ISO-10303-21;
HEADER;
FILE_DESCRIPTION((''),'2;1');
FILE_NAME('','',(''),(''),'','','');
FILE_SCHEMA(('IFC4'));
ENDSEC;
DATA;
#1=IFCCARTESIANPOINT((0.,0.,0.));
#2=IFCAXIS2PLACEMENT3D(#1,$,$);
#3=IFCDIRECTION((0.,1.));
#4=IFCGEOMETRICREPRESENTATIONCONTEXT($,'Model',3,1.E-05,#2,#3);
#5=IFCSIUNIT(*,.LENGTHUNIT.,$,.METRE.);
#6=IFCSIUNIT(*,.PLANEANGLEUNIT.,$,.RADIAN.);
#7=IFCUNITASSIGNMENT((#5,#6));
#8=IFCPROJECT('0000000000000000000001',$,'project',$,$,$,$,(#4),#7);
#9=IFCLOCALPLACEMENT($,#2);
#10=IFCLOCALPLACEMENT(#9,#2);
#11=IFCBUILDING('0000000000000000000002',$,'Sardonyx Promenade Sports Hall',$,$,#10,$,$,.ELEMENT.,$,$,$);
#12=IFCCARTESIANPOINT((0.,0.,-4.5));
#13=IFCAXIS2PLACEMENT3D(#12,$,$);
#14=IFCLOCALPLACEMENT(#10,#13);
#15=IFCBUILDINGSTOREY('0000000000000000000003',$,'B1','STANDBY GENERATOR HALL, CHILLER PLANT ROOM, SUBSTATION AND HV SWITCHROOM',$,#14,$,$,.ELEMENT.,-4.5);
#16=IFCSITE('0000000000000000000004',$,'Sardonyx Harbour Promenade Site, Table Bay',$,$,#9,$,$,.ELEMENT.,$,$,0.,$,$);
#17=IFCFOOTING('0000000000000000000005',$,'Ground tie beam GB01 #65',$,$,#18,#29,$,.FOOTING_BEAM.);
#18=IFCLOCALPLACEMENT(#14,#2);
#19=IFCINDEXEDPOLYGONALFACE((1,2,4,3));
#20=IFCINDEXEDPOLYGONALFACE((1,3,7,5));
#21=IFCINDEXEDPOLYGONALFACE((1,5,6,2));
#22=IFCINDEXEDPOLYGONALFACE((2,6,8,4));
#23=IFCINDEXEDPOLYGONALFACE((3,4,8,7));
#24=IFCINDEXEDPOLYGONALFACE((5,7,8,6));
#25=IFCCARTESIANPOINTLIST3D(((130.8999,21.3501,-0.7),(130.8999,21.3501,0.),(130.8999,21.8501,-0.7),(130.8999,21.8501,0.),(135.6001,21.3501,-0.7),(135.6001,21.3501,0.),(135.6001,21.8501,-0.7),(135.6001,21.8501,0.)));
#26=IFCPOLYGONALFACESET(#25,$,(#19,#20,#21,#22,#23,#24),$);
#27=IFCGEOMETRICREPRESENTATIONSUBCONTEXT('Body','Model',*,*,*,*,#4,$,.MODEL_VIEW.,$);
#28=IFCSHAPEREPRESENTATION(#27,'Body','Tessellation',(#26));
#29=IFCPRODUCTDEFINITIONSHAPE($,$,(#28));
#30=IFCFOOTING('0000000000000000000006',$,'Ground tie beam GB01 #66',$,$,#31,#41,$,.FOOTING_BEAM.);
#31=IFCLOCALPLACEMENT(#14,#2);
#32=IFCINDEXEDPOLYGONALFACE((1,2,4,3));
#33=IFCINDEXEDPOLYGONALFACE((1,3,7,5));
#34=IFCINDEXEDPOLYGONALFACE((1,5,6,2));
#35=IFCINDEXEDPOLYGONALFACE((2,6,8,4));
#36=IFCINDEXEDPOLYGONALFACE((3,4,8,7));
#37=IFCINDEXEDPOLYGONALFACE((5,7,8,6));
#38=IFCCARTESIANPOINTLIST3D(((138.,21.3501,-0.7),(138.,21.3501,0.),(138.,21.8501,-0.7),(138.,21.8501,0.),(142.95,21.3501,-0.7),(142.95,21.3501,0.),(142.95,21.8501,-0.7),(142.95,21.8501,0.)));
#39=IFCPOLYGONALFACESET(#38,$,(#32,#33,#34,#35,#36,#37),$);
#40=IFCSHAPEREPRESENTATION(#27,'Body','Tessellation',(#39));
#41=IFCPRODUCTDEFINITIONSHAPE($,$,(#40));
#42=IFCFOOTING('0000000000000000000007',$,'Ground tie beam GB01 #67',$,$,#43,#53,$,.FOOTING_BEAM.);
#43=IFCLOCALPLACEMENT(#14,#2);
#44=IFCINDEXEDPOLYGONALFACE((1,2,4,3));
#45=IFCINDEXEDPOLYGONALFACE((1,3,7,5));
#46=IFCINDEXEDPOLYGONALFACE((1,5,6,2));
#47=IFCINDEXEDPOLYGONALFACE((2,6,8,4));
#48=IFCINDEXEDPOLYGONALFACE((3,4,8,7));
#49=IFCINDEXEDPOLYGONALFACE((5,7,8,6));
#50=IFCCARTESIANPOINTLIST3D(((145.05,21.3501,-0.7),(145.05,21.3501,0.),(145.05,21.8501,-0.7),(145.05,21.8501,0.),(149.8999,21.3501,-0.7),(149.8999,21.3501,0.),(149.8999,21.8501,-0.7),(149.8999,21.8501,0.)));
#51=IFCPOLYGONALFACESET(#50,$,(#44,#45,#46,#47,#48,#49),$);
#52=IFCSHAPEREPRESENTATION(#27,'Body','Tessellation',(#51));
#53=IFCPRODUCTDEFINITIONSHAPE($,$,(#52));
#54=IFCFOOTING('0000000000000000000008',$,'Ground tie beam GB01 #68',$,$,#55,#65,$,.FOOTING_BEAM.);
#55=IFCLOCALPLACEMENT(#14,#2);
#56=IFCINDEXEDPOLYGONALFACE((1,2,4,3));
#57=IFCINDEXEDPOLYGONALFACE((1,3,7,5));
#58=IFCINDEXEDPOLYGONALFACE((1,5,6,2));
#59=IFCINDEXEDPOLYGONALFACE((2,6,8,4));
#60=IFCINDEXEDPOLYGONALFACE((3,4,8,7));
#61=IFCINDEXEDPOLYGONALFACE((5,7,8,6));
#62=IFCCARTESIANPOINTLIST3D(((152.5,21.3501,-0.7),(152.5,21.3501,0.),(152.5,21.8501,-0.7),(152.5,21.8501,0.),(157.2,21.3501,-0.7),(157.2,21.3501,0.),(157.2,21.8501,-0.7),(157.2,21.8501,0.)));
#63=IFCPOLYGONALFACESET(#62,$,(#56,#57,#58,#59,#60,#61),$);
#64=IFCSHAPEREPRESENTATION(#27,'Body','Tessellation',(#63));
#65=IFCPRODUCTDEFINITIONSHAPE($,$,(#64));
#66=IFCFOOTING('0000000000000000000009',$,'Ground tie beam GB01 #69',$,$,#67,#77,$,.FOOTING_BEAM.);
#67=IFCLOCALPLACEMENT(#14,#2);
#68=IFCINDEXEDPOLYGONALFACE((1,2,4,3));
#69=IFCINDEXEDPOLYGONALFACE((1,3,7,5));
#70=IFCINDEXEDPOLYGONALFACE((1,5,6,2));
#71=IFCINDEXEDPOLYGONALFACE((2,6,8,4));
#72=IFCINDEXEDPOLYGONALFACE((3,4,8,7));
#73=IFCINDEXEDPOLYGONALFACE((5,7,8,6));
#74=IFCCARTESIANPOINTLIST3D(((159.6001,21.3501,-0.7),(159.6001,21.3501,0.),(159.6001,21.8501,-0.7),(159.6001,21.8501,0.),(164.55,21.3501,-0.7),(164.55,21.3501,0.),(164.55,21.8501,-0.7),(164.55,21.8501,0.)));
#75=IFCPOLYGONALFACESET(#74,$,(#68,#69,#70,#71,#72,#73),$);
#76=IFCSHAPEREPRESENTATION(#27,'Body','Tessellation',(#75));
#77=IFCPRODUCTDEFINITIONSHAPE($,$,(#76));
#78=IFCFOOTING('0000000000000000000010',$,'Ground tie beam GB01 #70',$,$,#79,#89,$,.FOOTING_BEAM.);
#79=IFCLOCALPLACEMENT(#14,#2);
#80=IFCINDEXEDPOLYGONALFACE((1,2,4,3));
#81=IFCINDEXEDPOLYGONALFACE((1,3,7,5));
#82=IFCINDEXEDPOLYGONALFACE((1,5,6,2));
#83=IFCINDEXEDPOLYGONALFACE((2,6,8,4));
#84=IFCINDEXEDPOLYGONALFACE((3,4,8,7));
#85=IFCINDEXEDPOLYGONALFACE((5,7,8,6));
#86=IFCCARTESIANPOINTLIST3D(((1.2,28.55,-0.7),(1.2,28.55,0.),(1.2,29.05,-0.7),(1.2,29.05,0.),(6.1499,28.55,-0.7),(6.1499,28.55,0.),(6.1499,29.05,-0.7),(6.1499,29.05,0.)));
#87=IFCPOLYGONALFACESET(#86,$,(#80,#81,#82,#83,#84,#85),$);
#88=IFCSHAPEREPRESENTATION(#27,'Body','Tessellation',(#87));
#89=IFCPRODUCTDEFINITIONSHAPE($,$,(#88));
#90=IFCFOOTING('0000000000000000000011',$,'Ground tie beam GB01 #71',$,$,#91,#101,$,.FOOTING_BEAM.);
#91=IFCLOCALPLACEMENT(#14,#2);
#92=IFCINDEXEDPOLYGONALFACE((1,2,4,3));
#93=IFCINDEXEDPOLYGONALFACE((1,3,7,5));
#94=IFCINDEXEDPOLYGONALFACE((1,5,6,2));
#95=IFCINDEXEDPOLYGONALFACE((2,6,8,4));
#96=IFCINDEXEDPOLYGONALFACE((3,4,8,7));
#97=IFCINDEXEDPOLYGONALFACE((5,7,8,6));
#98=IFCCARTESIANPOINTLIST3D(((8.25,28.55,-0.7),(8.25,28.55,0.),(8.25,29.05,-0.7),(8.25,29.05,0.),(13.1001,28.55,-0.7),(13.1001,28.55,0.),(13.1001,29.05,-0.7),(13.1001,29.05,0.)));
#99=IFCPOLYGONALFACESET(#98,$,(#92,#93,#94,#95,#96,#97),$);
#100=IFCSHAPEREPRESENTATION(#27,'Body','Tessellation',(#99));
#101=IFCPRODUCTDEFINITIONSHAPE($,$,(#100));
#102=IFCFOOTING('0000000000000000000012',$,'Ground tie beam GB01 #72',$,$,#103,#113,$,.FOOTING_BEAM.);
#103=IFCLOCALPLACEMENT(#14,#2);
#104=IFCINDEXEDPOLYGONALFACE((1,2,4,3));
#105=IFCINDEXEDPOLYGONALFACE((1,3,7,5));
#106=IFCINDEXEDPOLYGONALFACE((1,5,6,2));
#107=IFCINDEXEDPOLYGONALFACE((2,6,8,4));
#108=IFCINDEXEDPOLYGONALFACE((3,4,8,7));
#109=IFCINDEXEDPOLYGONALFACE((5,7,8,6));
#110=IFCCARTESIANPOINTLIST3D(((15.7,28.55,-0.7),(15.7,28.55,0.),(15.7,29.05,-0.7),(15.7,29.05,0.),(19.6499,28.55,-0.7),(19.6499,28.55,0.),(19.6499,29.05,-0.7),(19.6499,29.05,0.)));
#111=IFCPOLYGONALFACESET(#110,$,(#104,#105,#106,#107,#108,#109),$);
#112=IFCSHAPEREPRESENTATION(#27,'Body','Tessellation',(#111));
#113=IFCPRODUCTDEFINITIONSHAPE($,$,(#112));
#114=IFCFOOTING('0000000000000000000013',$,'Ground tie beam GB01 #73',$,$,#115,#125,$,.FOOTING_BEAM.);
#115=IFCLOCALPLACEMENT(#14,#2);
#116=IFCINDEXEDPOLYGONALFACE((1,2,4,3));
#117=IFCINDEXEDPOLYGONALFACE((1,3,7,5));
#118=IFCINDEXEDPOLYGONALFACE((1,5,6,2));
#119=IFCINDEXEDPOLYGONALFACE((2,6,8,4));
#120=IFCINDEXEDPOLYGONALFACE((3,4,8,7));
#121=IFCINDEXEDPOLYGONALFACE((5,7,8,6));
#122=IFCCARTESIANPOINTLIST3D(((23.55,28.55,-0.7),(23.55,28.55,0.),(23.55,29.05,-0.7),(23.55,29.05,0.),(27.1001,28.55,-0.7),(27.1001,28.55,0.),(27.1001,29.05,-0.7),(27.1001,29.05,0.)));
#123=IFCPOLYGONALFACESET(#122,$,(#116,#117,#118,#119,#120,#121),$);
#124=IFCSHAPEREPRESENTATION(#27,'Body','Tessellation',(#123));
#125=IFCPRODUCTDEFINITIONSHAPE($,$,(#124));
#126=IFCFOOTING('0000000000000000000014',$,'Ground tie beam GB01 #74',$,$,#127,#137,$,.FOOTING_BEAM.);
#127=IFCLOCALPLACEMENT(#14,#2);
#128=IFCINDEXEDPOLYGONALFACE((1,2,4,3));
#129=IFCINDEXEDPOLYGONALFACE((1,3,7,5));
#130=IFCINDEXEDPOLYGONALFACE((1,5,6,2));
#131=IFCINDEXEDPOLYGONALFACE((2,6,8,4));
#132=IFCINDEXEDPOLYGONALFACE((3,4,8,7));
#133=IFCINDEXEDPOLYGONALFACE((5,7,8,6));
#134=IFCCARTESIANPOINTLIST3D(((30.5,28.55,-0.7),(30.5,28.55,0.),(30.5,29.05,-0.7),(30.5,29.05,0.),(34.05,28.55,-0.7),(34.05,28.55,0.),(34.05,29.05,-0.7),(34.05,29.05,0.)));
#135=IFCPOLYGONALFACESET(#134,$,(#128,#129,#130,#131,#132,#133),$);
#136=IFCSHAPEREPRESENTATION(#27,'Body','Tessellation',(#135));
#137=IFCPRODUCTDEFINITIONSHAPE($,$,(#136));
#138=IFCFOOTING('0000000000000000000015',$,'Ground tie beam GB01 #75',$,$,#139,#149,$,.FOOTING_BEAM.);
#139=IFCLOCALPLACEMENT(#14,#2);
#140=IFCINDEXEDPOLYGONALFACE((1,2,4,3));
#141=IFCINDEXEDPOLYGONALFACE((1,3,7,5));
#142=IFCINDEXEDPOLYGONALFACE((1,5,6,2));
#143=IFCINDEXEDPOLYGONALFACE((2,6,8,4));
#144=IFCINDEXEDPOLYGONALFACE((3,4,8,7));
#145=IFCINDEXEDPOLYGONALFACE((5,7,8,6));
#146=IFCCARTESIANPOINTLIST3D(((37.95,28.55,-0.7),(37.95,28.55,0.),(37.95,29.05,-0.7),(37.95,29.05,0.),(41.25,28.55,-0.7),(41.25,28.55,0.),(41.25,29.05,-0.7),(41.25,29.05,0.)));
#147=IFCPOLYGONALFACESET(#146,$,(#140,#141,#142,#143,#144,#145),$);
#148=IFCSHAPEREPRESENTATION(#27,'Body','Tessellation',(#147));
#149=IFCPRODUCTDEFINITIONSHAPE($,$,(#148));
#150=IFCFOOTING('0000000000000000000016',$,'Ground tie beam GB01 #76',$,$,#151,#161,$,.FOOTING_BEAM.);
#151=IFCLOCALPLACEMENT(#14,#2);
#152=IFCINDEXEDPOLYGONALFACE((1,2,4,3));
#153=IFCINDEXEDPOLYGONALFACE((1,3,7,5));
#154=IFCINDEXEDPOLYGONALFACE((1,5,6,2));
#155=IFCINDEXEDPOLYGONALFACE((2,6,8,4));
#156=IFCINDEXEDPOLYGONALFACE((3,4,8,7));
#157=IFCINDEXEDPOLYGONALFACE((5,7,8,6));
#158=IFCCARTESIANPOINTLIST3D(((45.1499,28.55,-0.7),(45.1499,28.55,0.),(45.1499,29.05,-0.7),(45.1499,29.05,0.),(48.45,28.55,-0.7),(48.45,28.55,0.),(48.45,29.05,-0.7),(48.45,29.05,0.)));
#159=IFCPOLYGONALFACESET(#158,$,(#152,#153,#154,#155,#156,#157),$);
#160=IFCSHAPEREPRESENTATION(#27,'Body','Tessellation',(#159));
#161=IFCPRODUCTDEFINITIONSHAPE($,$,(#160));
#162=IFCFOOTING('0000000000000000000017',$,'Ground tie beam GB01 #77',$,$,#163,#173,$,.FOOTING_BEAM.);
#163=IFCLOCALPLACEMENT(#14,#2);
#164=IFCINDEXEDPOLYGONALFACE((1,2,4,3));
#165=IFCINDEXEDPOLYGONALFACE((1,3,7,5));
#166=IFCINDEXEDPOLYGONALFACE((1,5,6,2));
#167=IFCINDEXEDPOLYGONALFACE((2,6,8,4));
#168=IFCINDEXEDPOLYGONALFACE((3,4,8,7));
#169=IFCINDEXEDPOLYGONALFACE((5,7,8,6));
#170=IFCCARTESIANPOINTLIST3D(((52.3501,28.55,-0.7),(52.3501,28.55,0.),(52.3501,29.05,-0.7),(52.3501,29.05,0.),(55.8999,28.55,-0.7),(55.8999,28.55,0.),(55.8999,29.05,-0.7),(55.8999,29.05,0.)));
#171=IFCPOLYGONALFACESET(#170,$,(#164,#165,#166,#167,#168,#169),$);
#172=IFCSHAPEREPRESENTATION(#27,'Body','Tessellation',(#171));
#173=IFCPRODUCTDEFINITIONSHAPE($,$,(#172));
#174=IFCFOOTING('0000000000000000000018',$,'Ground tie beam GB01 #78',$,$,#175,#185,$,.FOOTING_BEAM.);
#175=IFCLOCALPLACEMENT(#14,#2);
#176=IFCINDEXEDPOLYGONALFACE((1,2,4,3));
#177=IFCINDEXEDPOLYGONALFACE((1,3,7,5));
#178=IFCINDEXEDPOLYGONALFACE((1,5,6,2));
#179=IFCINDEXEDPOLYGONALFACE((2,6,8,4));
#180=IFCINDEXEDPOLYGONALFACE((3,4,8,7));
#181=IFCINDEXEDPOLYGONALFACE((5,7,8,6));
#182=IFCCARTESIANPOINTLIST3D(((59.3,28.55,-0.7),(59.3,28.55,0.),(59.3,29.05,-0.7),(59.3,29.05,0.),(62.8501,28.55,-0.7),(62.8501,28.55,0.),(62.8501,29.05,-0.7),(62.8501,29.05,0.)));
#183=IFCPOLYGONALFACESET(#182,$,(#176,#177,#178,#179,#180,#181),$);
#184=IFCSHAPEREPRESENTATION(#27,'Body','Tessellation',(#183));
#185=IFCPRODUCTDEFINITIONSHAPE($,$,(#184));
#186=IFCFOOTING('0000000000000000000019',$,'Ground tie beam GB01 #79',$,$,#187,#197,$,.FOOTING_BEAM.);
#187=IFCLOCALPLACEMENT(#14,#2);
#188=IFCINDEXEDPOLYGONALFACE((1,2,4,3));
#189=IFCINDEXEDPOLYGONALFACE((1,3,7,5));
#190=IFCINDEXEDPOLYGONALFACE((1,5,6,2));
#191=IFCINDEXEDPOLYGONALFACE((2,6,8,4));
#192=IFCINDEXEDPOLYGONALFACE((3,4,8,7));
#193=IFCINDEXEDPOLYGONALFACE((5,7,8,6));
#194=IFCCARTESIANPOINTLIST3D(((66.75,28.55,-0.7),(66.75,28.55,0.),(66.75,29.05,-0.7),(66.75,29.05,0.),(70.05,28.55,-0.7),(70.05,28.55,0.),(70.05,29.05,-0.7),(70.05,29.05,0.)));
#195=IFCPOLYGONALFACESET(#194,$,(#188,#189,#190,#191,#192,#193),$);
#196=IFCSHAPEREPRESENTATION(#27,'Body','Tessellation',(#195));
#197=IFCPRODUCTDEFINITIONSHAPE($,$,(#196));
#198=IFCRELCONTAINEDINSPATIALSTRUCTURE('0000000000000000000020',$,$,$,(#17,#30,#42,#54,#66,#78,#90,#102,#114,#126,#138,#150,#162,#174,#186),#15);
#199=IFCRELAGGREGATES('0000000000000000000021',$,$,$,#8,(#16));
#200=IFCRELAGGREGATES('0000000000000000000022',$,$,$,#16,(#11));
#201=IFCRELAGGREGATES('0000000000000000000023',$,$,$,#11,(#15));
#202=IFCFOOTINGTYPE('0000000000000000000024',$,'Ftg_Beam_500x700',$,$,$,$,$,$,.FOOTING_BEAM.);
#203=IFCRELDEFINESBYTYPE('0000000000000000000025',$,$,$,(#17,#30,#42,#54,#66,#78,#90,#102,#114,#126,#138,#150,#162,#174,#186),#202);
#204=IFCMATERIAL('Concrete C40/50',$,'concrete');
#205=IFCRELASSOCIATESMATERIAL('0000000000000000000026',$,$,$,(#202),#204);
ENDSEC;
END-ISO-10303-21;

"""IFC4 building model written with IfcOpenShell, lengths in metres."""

from ifc_helpers import new_model, si_unit, direction, frame, origin, place, context, subcontext, project, spatial, polyline, outline, extrude, material, type_object, element, save


model = new_model("IFC4")

# Units and contexts
model_context = context("Model", 3, precision=1e-05, world=origin(), true_north=direction((0.0, 1.0)))
body_context = subcontext(model_context, "Body", "Model", "MODEL_VIEW")
ifc_project = project(units=[si_unit("LENGTHUNIT", "METRE"), si_unit("PLANEANGLEUNIT", "RADIAN")], contexts=[model_context])

# Site, building, storey
site_placement = place(None, origin())
site = spatial("IfcSite", under=ifc_project, at=site_placement, Name="Sardonyx Harbour Promenade Site, Table Bay", CompositionType="ELEMENT", RefElevation=0.0)
building_placement = place(site_placement, origin())
building = spatial("IfcBuilding", under=site, at=building_placement, Name="Sardonyx Promenade Sports Hall", CompositionType="ELEMENT")
storey_placement = place(building_placement, frame((0.0, 0.0, -4.5)))
storey = spatial("IfcBuildingStorey", under=building, at=storey_placement, Name="B1", Description="STANDBY GENERATOR HALL, CHILLER PLANT ROOM, SUBSTATION AND HV SWITCHROOM", CompositionType="ELEMENT", Elevation=-4.5)

# Footings
ifc_material = material(Name="Concrete C40/50", Category="concrete")
footing_type = type_object("IfcFootingType", Name="Ftg_Beam_500x700", PredefinedType="FOOTING_BEAM", material=ifc_material)
footing_1_placement = place(storey_placement, frame((0.0, 0.0, -0.7)))
element("IfcFooting", 1, at=footing_1_placement, inside=storey, type_object=footing_type, Name="Ground tie beam GB01 #65", PredefinedType="FOOTING_BEAM", context=body_context, shape_type="SweptSolid", body=[
    extrude(outline(polyline([(130.8999, 21.3501), (135.6001, 21.3501), (135.6001, 21.8501), (130.8999, 21.8501), (130.8999, 21.3501)])), origin(), (0.0, 0.0, 1.0), 0.7),
])
footing_2_placement = place(storey_placement, frame((0.0, 0.0, -0.7)))
element("IfcFooting", 2, at=footing_2_placement, inside=storey, type_object=footing_type, Name="Ground tie beam GB01 #66", PredefinedType="FOOTING_BEAM", context=body_context, shape_type="SweptSolid", body=[
    extrude(outline(polyline([(138.0, 21.3501), (142.95, 21.3501), (142.95, 21.8501), (138.0, 21.8501), (138.0, 21.3501)])), origin(), (0.0, 0.0, 1.0), 0.7),
])
footing_3_placement = place(storey_placement, frame((0.0, 0.0, -0.7)))
element("IfcFooting", 3, at=footing_3_placement, inside=storey, type_object=footing_type, Name="Ground tie beam GB01 #67", PredefinedType="FOOTING_BEAM", context=body_context, shape_type="SweptSolid", body=[
    extrude(outline(polyline([(145.05, 21.3501), (149.8999, 21.3501), (149.8999, 21.8501), (145.05, 21.8501), (145.05, 21.3501)])), origin(), (0.0, 0.0, 1.0), 0.7),
])
footing_4_placement = place(storey_placement, frame((0.0, 0.0, -0.7)))
element("IfcFooting", 4, at=footing_4_placement, inside=storey, type_object=footing_type, Name="Ground tie beam GB01 #68", PredefinedType="FOOTING_BEAM", context=body_context, shape_type="SweptSolid", body=[
    extrude(outline(polyline([(152.5, 21.3501), (157.2, 21.3501), (157.2, 21.8501), (152.5, 21.8501), (152.5, 21.3501)])), origin(), (0.0, 0.0, 1.0), 0.7),
])
footing_5_placement = place(storey_placement, frame((0.0, 0.0, -0.7)))
element("IfcFooting", 5, at=footing_5_placement, inside=storey, type_object=footing_type, Name="Ground tie beam GB01 #69", PredefinedType="FOOTING_BEAM", context=body_context, shape_type="SweptSolid", body=[
    extrude(outline(polyline([(159.6001, 21.3501), (164.55, 21.3501), (164.55, 21.8501), (159.6001, 21.8501), (159.6001, 21.3501)])), origin(), (0.0, 0.0, 1.0), 0.7),
])
footing_6_placement = place(storey_placement, frame((0.0, 0.0, -0.7)))
element("IfcFooting", 6, at=footing_6_placement, inside=storey, type_object=footing_type, Name="Ground tie beam GB01 #70", PredefinedType="FOOTING_BEAM", context=body_context, shape_type="SweptSolid", body=[
    extrude(outline(polyline([(1.2, 28.55), (6.1499, 28.55), (6.1499, 29.05), (1.2, 29.05), (1.2, 28.55)])), origin(), (0.0, 0.0, 1.0), 0.7),
])
footing_7_placement = place(storey_placement, frame((0.0, 0.0, -0.7)))
element("IfcFooting", 7, at=footing_7_placement, inside=storey, type_object=footing_type, Name="Ground tie beam GB01 #71", PredefinedType="FOOTING_BEAM", context=body_context, shape_type="SweptSolid", body=[
    extrude(outline(polyline([(8.25, 28.55), (13.1001, 28.55), (13.1001, 29.05), (8.25, 29.05), (8.25, 28.55)])), origin(), (0.0, 0.0, 1.0), 0.7),
])
footing_8_placement = place(storey_placement, frame((0.0, 0.0, -0.7)))
element("IfcFooting", 8, at=footing_8_placement, inside=storey, type_object=footing_type, Name="Ground tie beam GB01 #72", PredefinedType="FOOTING_BEAM", context=body_context, shape_type="SweptSolid", body=[
    extrude(outline(polyline([(15.7, 28.55), (19.6499, 28.55), (19.6499, 29.05), (15.7, 29.05), (15.7, 28.55)])), origin(), (0.0, 0.0, 1.0), 0.7),
])
footing_9_placement = place(storey_placement, frame((0.0, 0.0, -0.7)))
element("IfcFooting", 9, at=footing_9_placement, inside=storey, type_object=footing_type, Name="Ground tie beam GB01 #73", PredefinedType="FOOTING_BEAM", context=body_context, shape_type="SweptSolid", body=[
    extrude(outline(polyline([(23.55, 28.55), (27.1001, 28.55), (27.1001, 29.05), (23.55, 29.05), (23.55, 28.55)])), origin(), (0.0, 0.0, 1.0), 0.7),
])
footing_10_placement = place(storey_placement, frame((0.0, 0.0, -0.7)))
element("IfcFooting", 10, at=footing_10_placement, inside=storey, type_object=footing_type, Name="Ground tie beam GB01 #74", PredefinedType="FOOTING_BEAM", context=body_context, shape_type="SweptSolid", body=[
    extrude(outline(polyline([(30.5, 28.55), (34.05, 28.55), (34.05, 29.05), (30.5, 29.05), (30.5, 28.55)])), origin(), (0.0, 0.0, 1.0), 0.7),
])
footing_11_placement = place(storey_placement, frame((0.0, 0.0, -0.7)))
element("IfcFooting", 11, at=footing_11_placement, inside=storey, type_object=footing_type, Name="Ground tie beam GB01 #75", PredefinedType="FOOTING_BEAM", context=body_context, shape_type="SweptSolid", body=[
    extrude(outline(polyline([(37.95, 28.55), (41.25, 28.55), (41.25, 29.05), (37.95, 29.05), (37.95, 28.55)])), origin(), (0.0, 0.0, 1.0), 0.7),
])
footing_12_placement = place(storey_placement, frame((0.0, 0.0, -0.7)))
element("IfcFooting", 12, at=footing_12_placement, inside=storey, type_object=footing_type, Name="Ground tie beam GB01 #76", PredefinedType="FOOTING_BEAM", context=body_context, shape_type="SweptSolid", body=[
    extrude(outline(polyline([(45.1499, 28.55), (48.45, 28.55), (48.45, 29.05), (45.1499, 29.05), (45.1499, 28.55)])), origin(), (0.0, 0.0, 1.0), 0.7),
])
footing_13_placement = place(storey_placement, frame((0.0, 0.0, -0.7)))
element("IfcFooting", 13, at=footing_13_placement, inside=storey, type_object=footing_type, Name="Ground tie beam GB01 #77", PredefinedType="FOOTING_BEAM", context=body_context, shape_type="SweptSolid", body=[
    extrude(outline(polyline([(52.3501, 28.55), (55.8999, 28.55), (55.8999, 29.05), (52.3501, 29.05), (52.3501, 28.55)])), origin(), (0.0, 0.0, 1.0), 0.7),
])
footing_14_placement = place(storey_placement, frame((0.0, 0.0, -0.7)))
element("IfcFooting", 14, at=footing_14_placement, inside=storey, type_object=footing_type, Name="Ground tie beam GB01 #78", PredefinedType="FOOTING_BEAM", context=body_context, shape_type="SweptSolid", body=[
    extrude(outline(polyline([(59.3, 28.55), (62.8501, 28.55), (62.8501, 29.05), (59.3, 29.05), (59.3, 28.55)])), origin(), (0.0, 0.0, 1.0), 0.7),
])
footing_15_placement = place(storey_placement, frame((0.0, 0.0, -0.7)))
element("IfcFooting", 15, at=footing_15_placement, inside=storey, type_object=footing_type, Name="Ground tie beam GB01 #79", PredefinedType="FOOTING_BEAM", context=body_context, shape_type="SweptSolid", body=[
    extrude(outline(polyline([(66.75, 28.55), (70.05, 28.55), (70.05, 29.05), (66.75, 29.05), (66.75, 28.55)])), origin(), (0.0, 0.0, 1.0), 0.7),
])

save(model, "model.ifc")
